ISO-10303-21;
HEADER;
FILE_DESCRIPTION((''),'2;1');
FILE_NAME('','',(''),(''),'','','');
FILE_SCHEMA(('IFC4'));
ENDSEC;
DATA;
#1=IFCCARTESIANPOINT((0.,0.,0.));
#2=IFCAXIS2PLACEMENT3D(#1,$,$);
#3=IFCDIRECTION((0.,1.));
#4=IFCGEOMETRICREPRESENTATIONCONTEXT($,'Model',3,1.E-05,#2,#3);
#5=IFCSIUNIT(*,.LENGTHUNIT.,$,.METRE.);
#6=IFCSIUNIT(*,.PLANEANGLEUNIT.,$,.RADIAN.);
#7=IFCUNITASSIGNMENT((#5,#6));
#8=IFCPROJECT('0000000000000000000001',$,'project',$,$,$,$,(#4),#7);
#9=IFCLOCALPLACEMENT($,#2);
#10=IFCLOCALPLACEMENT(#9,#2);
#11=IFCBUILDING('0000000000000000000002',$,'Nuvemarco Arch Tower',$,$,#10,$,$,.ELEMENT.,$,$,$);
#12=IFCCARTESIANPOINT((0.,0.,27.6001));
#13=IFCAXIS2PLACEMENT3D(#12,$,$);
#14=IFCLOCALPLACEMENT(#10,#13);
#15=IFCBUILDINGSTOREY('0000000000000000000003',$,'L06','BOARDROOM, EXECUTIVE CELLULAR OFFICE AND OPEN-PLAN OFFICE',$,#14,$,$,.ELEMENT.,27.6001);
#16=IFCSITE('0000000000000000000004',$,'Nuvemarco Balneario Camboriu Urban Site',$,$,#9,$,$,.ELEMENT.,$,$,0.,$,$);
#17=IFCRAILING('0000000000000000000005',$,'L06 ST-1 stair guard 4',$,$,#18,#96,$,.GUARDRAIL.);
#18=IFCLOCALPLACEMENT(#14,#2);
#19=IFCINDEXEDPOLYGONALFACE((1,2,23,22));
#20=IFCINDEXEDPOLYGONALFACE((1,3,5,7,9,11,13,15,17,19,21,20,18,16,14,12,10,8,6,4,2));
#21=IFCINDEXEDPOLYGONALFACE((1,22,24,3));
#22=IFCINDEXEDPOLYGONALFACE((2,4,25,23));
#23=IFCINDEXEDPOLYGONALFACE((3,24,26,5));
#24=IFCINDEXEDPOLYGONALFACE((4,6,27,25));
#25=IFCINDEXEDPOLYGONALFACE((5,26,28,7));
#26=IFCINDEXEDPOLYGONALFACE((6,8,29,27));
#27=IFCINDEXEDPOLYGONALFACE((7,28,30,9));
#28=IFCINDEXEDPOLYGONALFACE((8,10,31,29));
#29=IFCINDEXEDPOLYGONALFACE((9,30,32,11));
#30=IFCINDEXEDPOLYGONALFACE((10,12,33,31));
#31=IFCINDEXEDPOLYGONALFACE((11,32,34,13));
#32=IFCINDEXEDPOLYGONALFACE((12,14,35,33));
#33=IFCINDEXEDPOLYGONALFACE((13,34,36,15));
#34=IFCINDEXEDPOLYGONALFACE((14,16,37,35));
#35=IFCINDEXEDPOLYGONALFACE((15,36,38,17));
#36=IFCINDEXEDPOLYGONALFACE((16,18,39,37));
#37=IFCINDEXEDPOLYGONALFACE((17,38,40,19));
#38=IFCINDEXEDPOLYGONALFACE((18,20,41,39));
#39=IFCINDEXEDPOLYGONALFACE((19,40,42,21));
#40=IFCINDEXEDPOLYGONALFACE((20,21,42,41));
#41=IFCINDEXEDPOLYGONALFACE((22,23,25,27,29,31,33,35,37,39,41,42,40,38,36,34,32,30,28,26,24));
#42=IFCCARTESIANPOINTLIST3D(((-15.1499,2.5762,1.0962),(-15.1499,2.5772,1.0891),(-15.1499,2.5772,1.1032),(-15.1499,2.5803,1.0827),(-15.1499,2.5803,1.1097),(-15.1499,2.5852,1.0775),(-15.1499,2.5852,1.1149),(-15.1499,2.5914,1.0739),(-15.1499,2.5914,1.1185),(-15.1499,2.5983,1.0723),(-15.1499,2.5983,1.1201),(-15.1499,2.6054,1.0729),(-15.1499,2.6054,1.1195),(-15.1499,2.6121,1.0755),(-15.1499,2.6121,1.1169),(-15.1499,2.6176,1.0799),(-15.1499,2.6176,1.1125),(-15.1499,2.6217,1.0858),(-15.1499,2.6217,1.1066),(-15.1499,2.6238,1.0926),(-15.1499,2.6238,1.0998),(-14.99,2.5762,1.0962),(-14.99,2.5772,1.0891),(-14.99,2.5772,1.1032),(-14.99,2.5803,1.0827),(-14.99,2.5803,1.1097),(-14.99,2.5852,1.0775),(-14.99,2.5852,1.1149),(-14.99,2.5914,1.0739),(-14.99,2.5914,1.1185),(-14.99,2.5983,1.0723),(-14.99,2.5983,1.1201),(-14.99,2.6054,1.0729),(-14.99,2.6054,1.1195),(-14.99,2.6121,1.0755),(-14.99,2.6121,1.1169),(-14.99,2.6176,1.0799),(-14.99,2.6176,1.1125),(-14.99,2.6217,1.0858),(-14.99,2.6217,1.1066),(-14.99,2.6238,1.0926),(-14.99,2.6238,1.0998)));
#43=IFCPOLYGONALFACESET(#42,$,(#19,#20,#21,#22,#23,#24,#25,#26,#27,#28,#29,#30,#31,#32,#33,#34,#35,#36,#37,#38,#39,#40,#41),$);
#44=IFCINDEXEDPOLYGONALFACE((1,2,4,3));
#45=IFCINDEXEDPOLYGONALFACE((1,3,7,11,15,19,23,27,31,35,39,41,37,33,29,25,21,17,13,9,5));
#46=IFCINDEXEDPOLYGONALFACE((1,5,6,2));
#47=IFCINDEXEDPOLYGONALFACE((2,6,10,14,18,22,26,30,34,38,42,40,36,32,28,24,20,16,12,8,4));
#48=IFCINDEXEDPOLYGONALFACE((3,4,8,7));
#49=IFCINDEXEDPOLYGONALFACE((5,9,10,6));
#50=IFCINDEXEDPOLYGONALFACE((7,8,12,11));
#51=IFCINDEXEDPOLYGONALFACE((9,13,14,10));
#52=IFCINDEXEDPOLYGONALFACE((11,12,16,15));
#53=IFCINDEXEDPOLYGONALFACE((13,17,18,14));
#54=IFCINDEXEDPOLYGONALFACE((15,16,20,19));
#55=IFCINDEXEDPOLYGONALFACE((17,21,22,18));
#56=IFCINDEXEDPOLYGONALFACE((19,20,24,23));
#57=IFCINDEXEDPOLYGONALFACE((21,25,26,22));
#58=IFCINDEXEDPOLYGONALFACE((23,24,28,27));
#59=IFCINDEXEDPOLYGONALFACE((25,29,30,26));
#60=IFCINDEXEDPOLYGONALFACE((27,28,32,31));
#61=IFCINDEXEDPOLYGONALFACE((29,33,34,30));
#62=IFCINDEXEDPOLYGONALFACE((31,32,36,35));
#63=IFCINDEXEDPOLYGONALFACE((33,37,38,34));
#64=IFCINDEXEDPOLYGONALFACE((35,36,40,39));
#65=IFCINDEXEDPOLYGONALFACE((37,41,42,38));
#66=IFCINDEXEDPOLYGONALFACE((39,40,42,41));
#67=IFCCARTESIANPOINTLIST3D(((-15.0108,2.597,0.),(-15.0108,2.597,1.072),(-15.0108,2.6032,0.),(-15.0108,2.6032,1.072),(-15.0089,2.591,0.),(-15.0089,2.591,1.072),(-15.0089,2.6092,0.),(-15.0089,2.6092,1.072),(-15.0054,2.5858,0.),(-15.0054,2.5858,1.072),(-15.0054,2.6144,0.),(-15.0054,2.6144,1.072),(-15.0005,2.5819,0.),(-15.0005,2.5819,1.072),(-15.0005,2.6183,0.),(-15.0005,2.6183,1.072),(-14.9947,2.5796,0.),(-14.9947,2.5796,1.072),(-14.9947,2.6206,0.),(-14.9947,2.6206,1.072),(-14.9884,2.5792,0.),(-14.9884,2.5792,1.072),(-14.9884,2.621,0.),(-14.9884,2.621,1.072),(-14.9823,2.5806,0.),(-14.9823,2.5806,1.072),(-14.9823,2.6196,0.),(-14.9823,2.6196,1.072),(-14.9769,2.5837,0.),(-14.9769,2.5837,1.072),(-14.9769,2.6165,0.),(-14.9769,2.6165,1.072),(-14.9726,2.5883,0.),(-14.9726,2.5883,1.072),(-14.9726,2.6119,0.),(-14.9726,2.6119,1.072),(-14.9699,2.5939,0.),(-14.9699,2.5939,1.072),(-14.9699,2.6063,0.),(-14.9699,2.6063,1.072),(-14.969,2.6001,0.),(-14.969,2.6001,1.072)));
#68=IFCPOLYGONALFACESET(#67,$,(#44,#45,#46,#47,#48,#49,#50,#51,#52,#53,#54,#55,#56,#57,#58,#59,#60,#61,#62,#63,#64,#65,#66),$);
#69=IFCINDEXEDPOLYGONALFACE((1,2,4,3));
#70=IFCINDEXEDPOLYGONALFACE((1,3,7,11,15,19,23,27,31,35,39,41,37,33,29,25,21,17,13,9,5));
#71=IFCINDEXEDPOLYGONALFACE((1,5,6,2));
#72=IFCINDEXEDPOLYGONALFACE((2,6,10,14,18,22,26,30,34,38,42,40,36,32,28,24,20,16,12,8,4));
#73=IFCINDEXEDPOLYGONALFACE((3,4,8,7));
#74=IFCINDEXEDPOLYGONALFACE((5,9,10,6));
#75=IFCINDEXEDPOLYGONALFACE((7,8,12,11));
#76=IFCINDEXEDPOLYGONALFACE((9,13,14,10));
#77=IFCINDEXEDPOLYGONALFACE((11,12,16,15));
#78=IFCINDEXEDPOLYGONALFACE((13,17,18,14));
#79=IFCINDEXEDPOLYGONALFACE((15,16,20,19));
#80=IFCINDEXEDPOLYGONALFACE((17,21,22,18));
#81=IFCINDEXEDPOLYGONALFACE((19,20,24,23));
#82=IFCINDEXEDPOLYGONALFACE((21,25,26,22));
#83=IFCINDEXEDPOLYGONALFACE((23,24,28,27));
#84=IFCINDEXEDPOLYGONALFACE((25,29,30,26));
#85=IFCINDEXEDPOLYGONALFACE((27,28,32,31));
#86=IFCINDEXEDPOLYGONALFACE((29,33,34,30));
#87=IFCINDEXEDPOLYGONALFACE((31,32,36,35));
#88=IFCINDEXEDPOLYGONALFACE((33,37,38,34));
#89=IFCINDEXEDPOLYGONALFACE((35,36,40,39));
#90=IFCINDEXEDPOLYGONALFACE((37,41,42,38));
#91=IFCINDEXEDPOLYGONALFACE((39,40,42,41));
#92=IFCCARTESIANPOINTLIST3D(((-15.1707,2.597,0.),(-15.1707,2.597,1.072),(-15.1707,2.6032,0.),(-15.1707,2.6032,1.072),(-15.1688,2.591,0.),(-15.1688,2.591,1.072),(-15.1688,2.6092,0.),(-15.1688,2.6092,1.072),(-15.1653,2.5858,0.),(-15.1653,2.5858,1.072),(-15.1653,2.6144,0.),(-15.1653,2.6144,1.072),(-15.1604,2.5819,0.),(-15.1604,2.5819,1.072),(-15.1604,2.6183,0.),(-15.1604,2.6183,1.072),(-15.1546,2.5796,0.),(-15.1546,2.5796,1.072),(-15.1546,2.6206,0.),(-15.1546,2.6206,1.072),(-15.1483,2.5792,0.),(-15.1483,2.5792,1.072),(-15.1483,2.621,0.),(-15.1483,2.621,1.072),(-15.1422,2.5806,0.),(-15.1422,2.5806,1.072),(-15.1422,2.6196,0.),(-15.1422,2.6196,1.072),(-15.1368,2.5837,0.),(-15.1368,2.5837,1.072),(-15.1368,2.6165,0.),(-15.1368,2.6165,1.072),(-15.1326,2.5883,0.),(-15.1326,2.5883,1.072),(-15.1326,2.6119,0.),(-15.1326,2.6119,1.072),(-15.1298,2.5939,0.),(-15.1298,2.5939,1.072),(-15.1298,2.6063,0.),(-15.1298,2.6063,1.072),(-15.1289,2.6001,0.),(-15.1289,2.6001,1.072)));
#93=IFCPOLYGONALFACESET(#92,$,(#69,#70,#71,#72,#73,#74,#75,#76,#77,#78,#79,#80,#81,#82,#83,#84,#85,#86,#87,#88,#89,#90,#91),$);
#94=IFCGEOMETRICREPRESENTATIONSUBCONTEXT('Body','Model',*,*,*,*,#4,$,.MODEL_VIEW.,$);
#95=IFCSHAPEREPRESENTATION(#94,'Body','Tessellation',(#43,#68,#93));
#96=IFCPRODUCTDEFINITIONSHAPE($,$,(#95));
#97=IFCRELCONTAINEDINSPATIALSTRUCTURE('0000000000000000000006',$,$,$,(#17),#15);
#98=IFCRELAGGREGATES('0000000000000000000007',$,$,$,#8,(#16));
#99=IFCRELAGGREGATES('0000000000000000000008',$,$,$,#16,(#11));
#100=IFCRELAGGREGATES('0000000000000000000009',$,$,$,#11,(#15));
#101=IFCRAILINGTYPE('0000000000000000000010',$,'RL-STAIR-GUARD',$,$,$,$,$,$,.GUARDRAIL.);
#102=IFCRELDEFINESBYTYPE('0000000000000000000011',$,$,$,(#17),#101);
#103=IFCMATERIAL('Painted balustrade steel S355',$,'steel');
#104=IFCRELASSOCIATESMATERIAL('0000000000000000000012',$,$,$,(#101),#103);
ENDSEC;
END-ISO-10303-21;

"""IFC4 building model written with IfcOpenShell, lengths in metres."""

from ifc_helpers import new_model, si_unit, direction, frame, origin, origin_2d, place, context, subcontext, project, spatial, circle, extrude, material, type_object, element, save


model = new_model("IFC4")

# Units and contexts
model_context = context("Model", 3, precision=1e-05, world=origin(), true_north=direction((0.0, 1.0)))
body_context = subcontext(model_context, "Body", "Model", "MODEL_VIEW")
ifc_project = project(units=[si_unit("LENGTHUNIT", "METRE"), si_unit("PLANEANGLEUNIT", "RADIAN")], contexts=[model_context])

# Site, building, storey
site_placement = place(None, origin())
site = spatial("IfcSite", under=ifc_project, at=site_placement, Name="Nuvemarco Balneario Camboriu Urban Site", CompositionType="ELEMENT", RefElevation=0.0)
building_placement = place(site_placement, origin())
building = spatial("IfcBuilding", under=site, at=building_placement, Name="Nuvemarco Arch Tower", CompositionType="ELEMENT")
storey_placement = place(building_placement, frame((0.0, 0.0, 27.6001)))
storey = spatial("IfcBuildingStorey", under=building, at=storey_placement, Name="L06", Description="BOARDROOM, EXECUTIVE CELLULAR OFFICE AND OPEN-PLAN OFFICE", CompositionType="ELEMENT", Elevation=27.6001)

# Railing
ifc_material_1 = material(Name="Painted balustrade steel S355", Category="steel")
railing_type_1 = type_object("IfcRailingType", Name="RL-STAIR-GUARD", PredefinedType="GUARDRAIL", material=ifc_material_1)
railing_1_placement = place(storey_placement, frame((-14.99, 2.6001, 0.0)))
element("IfcRailing", 1, at=railing_1_placement, inside=storey, type_object=railing_type_1, Name="L06 ST-1 stair guard 4", PredefinedType="GUARDRAIL", context=body_context, shape_type="SweptSolid", body=[
    extrude(circle(Radius=0.0239, at=origin_2d()), frame((0.0, 0.0, 1.0962), z_axis=(-1.0, 0.0, 0.0), x_axis=(0.0, -1.0, 0.0)), (0.0, 0.0, 1.0), 0.1599),
    extrude(circle(Radius=0.021, at=origin_2d()), origin(), (0.0, 0.0, 1.0), 1.072),
    extrude(circle(Radius=0.021, at=origin_2d()), frame((-0.1599, 0.0, 0.0)), (0.0, 0.0, 1.0), 1.072),
])

save(model, "model.ifc")
